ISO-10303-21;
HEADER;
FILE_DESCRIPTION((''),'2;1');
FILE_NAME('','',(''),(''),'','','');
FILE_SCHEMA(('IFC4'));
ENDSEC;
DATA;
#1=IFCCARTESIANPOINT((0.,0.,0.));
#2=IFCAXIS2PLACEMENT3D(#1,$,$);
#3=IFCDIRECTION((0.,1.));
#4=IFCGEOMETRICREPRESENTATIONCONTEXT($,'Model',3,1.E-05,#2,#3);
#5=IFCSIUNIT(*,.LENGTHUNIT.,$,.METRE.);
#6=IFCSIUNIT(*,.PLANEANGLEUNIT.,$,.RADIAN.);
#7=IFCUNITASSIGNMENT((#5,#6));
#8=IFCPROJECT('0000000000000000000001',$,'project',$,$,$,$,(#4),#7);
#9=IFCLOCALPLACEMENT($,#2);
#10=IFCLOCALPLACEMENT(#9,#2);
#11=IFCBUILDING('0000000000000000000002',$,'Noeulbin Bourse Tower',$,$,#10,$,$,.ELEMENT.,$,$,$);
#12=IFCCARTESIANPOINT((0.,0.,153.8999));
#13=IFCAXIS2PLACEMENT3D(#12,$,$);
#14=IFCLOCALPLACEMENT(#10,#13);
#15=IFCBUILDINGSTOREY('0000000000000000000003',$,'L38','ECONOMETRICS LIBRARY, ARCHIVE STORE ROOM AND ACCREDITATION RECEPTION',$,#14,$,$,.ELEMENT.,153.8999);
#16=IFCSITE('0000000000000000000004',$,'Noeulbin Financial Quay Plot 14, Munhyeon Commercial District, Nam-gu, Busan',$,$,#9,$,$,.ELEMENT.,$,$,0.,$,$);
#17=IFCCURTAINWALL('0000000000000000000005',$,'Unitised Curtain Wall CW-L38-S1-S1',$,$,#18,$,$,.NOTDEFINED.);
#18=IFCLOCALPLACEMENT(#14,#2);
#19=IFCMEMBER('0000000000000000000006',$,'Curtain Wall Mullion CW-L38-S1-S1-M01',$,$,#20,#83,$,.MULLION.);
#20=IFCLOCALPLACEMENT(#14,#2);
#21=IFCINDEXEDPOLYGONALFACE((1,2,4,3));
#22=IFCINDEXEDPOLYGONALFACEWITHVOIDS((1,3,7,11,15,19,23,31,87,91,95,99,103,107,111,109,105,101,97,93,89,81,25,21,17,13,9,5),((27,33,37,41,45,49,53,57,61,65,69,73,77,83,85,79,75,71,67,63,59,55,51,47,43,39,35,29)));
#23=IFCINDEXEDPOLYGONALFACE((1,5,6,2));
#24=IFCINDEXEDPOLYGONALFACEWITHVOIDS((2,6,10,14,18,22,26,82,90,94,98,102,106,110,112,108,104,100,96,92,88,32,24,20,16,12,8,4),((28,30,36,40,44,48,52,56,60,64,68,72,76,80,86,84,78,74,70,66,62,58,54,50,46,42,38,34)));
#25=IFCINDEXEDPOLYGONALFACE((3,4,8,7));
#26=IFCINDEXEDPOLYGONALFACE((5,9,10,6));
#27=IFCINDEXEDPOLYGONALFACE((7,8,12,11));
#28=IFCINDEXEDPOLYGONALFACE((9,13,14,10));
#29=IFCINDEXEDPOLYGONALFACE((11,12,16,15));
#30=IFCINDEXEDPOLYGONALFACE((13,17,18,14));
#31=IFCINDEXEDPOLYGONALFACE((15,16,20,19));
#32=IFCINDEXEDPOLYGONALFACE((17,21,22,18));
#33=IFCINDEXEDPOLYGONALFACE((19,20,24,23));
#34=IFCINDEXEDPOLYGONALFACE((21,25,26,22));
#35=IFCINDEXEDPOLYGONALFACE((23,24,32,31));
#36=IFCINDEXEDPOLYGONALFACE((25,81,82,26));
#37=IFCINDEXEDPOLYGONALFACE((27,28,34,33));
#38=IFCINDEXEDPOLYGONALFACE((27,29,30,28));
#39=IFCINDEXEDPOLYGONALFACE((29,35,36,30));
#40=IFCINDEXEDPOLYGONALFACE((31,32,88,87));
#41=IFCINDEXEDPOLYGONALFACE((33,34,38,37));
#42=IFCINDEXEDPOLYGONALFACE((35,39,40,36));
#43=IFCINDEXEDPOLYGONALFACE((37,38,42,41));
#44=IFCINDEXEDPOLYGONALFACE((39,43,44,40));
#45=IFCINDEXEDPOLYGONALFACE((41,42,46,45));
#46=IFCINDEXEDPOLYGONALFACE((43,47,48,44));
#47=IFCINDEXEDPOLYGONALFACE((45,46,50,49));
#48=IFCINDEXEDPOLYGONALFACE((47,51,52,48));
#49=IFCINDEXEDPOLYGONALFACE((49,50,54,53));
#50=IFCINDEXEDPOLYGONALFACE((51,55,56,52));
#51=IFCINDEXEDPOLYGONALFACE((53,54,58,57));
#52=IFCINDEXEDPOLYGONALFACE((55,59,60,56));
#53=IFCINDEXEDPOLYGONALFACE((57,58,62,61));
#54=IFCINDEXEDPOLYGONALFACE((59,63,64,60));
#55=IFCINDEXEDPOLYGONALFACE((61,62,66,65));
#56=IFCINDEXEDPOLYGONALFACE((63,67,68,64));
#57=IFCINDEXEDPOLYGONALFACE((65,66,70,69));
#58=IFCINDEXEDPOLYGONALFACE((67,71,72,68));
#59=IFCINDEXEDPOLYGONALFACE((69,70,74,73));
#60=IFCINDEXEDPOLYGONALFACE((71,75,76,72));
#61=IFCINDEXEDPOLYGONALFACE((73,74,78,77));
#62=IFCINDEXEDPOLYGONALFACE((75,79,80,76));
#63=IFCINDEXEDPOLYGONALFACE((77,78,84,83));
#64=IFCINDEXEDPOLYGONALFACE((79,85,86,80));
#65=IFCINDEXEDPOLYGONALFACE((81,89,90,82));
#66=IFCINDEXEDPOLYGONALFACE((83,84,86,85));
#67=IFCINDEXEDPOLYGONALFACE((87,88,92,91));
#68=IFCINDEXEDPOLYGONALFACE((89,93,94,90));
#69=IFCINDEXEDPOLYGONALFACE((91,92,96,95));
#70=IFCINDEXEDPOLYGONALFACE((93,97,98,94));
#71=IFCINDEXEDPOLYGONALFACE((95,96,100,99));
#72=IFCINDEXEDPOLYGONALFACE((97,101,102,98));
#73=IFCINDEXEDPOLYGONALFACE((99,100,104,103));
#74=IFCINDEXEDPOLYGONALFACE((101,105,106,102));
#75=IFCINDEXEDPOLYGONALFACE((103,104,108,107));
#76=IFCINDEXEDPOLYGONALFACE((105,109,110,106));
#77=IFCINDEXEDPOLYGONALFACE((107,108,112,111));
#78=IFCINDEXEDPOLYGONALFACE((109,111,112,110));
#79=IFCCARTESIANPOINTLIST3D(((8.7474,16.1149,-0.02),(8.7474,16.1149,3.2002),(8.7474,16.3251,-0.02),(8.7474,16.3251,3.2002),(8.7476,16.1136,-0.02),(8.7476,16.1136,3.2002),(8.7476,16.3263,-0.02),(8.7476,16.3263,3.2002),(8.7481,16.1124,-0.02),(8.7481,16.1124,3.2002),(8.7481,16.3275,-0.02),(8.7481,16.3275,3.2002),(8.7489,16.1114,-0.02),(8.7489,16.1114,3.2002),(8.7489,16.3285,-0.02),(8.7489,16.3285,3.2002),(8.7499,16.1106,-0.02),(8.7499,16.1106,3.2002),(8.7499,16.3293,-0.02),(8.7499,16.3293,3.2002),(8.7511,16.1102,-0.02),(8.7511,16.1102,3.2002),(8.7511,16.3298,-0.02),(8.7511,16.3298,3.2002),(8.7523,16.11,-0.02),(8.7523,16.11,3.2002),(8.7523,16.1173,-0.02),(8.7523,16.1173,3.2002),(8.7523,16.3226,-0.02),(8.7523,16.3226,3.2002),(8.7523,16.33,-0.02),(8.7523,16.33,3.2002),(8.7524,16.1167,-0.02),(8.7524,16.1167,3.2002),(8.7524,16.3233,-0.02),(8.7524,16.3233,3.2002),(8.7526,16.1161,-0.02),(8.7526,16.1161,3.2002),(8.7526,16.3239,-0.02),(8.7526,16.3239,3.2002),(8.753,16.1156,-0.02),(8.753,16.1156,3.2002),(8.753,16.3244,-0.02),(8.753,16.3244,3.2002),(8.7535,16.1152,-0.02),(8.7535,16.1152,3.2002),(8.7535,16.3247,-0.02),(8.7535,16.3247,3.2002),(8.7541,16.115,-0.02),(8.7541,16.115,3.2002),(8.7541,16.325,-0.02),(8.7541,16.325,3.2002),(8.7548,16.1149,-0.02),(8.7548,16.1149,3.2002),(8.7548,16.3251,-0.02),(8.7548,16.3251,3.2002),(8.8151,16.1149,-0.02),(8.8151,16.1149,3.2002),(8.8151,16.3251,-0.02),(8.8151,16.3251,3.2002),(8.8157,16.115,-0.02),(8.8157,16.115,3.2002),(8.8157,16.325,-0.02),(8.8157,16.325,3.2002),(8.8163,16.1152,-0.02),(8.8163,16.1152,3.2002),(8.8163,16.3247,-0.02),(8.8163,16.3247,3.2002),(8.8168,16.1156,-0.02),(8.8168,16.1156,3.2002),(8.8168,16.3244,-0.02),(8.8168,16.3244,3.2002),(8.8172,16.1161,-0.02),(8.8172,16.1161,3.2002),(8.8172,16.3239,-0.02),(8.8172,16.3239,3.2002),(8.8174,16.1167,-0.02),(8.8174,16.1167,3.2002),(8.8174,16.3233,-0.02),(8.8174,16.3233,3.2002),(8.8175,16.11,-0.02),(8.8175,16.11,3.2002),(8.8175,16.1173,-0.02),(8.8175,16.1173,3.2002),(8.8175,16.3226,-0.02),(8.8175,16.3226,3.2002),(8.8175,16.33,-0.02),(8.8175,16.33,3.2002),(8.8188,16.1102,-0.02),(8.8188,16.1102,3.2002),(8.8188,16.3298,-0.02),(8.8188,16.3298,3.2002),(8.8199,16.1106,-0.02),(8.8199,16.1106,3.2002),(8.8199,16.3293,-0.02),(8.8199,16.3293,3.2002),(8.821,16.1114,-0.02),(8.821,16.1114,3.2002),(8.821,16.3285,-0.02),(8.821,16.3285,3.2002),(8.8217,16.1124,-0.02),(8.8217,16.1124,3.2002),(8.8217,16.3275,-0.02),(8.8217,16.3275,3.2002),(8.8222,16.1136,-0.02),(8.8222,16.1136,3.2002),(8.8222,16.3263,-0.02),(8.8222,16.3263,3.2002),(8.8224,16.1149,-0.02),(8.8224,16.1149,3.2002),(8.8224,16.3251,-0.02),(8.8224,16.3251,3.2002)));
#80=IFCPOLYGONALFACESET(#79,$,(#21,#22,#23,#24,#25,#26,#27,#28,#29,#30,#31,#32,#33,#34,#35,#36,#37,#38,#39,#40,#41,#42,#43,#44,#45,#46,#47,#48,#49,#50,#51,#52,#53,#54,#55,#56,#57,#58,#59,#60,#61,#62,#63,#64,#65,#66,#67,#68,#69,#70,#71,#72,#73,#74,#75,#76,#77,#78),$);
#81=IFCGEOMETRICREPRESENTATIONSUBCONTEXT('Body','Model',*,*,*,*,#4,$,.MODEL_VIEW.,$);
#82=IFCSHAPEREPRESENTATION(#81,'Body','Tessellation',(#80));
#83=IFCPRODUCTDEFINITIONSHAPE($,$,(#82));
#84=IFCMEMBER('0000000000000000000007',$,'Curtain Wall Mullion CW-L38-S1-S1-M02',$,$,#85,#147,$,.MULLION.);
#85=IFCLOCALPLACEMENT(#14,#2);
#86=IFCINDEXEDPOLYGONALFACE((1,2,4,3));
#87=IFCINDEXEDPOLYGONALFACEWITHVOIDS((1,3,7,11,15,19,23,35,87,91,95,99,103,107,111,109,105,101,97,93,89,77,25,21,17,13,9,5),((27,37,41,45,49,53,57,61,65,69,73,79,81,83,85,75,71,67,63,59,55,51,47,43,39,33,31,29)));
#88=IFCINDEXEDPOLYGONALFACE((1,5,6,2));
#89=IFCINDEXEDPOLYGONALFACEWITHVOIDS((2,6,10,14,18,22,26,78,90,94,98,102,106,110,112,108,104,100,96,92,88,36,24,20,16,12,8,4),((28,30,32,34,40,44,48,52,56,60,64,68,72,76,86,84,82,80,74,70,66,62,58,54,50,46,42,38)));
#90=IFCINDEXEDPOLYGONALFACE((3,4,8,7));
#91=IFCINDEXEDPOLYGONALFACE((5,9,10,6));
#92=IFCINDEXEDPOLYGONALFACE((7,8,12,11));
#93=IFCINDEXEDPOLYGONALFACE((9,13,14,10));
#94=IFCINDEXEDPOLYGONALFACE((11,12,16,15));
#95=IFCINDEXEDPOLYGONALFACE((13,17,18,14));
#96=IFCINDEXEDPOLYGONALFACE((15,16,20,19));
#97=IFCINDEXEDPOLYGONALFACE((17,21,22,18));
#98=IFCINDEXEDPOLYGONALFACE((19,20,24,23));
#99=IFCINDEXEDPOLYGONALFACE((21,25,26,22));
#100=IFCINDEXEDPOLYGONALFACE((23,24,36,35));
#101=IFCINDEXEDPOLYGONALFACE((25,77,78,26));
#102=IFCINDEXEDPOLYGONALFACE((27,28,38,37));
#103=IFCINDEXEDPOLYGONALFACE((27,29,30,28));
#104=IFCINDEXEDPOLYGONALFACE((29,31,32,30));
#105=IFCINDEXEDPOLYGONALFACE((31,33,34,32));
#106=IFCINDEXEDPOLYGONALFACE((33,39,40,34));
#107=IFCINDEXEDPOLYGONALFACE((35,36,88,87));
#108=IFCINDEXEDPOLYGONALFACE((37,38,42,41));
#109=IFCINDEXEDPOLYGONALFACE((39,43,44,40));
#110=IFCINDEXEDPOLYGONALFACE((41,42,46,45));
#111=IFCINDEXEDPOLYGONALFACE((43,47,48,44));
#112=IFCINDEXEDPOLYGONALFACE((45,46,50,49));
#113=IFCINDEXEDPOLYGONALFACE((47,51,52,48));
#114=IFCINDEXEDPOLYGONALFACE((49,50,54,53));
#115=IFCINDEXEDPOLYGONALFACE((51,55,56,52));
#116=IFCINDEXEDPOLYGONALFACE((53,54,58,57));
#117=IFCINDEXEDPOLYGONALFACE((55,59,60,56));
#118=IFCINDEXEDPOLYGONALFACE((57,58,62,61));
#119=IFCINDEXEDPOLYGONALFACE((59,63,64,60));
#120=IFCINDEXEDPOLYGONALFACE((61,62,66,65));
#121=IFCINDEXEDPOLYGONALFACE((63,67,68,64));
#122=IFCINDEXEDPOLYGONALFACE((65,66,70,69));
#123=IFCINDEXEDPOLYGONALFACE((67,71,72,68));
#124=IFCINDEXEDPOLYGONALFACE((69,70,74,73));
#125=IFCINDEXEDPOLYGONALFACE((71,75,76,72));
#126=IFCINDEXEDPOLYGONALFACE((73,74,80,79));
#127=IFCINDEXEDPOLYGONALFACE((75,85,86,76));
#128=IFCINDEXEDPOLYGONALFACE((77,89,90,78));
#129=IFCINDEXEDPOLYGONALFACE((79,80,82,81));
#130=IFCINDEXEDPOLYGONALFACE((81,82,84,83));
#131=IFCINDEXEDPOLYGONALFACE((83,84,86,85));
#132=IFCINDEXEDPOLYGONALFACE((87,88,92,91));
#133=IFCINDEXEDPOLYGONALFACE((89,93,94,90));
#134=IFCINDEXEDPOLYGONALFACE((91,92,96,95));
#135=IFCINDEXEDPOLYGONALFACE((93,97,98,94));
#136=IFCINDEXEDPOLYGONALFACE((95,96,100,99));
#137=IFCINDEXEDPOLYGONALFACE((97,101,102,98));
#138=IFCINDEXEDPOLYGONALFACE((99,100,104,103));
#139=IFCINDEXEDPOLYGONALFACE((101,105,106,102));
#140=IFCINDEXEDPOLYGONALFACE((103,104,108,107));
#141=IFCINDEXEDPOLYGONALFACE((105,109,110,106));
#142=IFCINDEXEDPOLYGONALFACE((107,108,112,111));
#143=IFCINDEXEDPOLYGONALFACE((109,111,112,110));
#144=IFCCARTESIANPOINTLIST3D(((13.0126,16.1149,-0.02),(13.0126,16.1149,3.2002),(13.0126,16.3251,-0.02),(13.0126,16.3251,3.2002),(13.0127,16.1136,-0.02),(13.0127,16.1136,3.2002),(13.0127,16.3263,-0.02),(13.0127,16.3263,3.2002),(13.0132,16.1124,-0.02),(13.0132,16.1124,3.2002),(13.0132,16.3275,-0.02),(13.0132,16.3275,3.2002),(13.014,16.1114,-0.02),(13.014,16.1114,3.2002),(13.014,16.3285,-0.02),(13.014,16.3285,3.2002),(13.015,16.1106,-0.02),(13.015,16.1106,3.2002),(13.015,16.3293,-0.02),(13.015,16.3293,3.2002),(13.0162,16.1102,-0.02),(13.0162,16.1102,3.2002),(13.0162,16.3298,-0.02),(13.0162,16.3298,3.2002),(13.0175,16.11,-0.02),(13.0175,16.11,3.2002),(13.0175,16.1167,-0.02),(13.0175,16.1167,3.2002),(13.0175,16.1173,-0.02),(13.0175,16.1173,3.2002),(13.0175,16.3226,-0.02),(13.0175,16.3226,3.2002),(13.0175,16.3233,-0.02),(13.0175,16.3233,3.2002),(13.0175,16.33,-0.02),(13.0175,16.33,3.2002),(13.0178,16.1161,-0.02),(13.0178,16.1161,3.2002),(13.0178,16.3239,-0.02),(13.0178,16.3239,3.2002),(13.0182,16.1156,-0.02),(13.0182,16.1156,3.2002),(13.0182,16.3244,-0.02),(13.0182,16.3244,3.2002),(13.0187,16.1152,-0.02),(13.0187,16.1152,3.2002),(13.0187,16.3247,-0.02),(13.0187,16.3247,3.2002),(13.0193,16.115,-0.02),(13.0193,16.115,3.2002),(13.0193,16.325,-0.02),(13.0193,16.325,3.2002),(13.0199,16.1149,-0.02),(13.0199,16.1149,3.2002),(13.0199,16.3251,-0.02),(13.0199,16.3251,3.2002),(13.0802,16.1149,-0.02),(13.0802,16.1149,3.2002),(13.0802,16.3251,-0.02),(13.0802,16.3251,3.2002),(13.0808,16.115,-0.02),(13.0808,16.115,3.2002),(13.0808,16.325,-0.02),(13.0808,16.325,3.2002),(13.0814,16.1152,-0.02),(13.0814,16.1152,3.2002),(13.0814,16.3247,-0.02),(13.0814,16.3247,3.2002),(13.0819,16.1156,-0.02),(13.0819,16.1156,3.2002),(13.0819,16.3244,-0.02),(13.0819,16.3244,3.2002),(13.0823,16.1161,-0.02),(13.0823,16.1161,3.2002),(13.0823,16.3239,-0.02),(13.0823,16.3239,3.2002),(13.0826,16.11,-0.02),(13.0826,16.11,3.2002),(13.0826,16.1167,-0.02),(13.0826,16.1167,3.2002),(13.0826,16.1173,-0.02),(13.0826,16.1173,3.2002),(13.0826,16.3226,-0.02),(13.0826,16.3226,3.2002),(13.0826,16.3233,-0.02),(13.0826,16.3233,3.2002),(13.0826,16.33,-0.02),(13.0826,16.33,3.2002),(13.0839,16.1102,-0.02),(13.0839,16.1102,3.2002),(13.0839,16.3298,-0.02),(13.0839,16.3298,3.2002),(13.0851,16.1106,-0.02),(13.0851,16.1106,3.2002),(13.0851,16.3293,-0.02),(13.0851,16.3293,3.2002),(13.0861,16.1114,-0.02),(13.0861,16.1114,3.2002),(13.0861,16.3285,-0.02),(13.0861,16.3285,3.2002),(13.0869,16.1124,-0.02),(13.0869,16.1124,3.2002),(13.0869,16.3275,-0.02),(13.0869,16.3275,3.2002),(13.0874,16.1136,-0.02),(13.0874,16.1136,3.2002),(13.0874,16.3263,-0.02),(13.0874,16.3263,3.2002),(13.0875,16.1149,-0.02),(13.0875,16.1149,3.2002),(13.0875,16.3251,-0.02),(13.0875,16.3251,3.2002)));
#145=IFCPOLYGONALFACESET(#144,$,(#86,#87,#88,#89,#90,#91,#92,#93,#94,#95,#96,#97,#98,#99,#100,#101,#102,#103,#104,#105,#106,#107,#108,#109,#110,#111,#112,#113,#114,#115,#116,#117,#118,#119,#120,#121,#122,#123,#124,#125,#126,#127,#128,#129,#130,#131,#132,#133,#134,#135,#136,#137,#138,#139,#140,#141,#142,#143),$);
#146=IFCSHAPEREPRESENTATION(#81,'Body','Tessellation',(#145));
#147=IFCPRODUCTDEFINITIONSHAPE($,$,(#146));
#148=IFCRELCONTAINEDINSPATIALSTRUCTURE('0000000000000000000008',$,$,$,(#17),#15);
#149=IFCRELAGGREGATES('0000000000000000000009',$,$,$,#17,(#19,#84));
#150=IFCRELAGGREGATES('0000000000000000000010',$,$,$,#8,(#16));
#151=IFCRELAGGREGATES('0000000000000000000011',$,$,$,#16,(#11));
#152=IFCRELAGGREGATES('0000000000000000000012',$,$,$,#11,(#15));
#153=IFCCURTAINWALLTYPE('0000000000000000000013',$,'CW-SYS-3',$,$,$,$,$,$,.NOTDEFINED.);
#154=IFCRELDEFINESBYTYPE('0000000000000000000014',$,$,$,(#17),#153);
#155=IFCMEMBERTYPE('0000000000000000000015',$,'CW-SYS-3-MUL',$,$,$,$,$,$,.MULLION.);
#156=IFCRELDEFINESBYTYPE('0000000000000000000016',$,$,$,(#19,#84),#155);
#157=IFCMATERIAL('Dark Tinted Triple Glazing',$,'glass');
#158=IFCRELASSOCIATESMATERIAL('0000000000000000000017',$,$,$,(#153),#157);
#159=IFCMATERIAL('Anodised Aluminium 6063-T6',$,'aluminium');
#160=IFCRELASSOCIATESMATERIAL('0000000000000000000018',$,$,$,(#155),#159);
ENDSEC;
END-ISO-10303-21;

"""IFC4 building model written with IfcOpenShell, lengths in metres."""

from ifc_helpers import new_model, si_unit, direction, frame, origin, origin_2d, place, context, subcontext, project, spatial, hollow_rectangle, extrude, material, material_profile, profile_set, type_object, element, aggregate, save


model = new_model("IFC4")

# Units and contexts
model_context = context("Model", 3, precision=1e-05, world=origin(), true_north=direction((0.0, 1.0)))
body_context = subcontext(model_context, "Body", "Model", "MODEL_VIEW")
ifc_project = project(units=[si_unit("LENGTHUNIT", "METRE"), si_unit("PLANEANGLEUNIT", "RADIAN")], contexts=[model_context])

# Site, building, storey
site_placement = place(None, origin())
site = spatial("IfcSite", under=ifc_project, at=site_placement, Name="Noeulbin Financial Quay Plot 14, Munhyeon Commercial District, Nam-gu, Busan", CompositionType="ELEMENT", RefElevation=0.0)
building_placement = place(site_placement, origin())
building = spatial("IfcBuilding", under=site, at=building_placement, Name="Noeulbin Bourse Tower", CompositionType="ELEMENT")
storey_placement = place(building_placement, frame((0.0, 0.0, 153.8999)))
storey = spatial("IfcBuildingStorey", under=building, at=storey_placement, Name="L38", Description="ECONOMETRICS LIBRARY, ARCHIVE STORE ROOM AND ACCREDITATION RECEPTION", CompositionType="ELEMENT", Elevation=153.8999)

# Curtain wall, members
ifc_material_1 = material(Name="Dark Tinted Triple Glazing", Category="glass")
curtain_wall_type = type_object("IfcCurtainWallType", Name="CW-SYS-3", PredefinedType="NOTDEFINED", material=ifc_material_1)
curtain_wall_1_placement = place(storey_placement, origin())
curtain_wall_1 = element("IfcCurtainWall", 1, at=curtain_wall_1_placement, inside=storey, type_object=curtain_wall_type, Name="Unitised Curtain Wall CW-L38-S1-S1", PredefinedType="NOTDEFINED")
ifc_material_2 = material(Name="Anodised Aluminium 6063-T6", Category="aluminium")
ifc_material_profile_1 = material_profile(ifc_material_2, hollow_rectangle(XDim=0.075, YDim=0.22, WallThickness=0.0049, InnerFilletRadius=0.0024, OuterFilletRadius=0.0049, at=origin_2d()), Name="ALU-MULL-75x220x5", Category="LoadBearing")
ifc_profile_set_1 = profile_set([ifc_material_profile_1], Name="Anodised Aluminium 6063-T6")
member_type_1 = type_object("IfcMemberType", Name="CW-SYS-3-MUL", PredefinedType="MULLION", material=ifc_profile_set_1)
member_1_placement = place(storey_placement, frame((8.7849, 16.22, -0.02), z_axis=(0.0, 0.0, 1.0), x_axis=(1.0, 0.0, 0.0)))
member_1 = element("IfcMember", 2, at=member_1_placement, type_object=member_type_1, Name="Curtain Wall Mullion CW-L38-S1-S1-M01", PredefinedType="MULLION", context=body_context, shape_type="SweptSolid", body=[
    extrude(hollow_rectangle(XDim=0.075, YDim=0.22, WallThickness=0.0049, InnerFilletRadius=0.0024, OuterFilletRadius=0.0049, at=origin_2d()), origin(), (0.0, 0.0, 1.0), 3.2202),
])
member_2_placement = place(storey_placement, frame((13.05, 16.22, -0.02), z_axis=(0.0, 0.0, 1.0), x_axis=(1.0, 0.0, 0.0)))
member_2 = element("IfcMember", 3, at=member_2_placement, type_object=member_type_1, Name="Curtain Wall Mullion CW-L38-S1-S1-M02", PredefinedType="MULLION", context=body_context, shape_type="SweptSolid", body=[
    extrude(hollow_rectangle(XDim=0.075, YDim=0.22, WallThickness=0.0049, InnerFilletRadius=0.0024, OuterFilletRadius=0.0049, at=origin_2d()), origin(), (0.0, 0.0, 1.0), 3.2202),
])

aggregate(curtain_wall_1, [member_1, member_2])

save(model, "model.ifc")
